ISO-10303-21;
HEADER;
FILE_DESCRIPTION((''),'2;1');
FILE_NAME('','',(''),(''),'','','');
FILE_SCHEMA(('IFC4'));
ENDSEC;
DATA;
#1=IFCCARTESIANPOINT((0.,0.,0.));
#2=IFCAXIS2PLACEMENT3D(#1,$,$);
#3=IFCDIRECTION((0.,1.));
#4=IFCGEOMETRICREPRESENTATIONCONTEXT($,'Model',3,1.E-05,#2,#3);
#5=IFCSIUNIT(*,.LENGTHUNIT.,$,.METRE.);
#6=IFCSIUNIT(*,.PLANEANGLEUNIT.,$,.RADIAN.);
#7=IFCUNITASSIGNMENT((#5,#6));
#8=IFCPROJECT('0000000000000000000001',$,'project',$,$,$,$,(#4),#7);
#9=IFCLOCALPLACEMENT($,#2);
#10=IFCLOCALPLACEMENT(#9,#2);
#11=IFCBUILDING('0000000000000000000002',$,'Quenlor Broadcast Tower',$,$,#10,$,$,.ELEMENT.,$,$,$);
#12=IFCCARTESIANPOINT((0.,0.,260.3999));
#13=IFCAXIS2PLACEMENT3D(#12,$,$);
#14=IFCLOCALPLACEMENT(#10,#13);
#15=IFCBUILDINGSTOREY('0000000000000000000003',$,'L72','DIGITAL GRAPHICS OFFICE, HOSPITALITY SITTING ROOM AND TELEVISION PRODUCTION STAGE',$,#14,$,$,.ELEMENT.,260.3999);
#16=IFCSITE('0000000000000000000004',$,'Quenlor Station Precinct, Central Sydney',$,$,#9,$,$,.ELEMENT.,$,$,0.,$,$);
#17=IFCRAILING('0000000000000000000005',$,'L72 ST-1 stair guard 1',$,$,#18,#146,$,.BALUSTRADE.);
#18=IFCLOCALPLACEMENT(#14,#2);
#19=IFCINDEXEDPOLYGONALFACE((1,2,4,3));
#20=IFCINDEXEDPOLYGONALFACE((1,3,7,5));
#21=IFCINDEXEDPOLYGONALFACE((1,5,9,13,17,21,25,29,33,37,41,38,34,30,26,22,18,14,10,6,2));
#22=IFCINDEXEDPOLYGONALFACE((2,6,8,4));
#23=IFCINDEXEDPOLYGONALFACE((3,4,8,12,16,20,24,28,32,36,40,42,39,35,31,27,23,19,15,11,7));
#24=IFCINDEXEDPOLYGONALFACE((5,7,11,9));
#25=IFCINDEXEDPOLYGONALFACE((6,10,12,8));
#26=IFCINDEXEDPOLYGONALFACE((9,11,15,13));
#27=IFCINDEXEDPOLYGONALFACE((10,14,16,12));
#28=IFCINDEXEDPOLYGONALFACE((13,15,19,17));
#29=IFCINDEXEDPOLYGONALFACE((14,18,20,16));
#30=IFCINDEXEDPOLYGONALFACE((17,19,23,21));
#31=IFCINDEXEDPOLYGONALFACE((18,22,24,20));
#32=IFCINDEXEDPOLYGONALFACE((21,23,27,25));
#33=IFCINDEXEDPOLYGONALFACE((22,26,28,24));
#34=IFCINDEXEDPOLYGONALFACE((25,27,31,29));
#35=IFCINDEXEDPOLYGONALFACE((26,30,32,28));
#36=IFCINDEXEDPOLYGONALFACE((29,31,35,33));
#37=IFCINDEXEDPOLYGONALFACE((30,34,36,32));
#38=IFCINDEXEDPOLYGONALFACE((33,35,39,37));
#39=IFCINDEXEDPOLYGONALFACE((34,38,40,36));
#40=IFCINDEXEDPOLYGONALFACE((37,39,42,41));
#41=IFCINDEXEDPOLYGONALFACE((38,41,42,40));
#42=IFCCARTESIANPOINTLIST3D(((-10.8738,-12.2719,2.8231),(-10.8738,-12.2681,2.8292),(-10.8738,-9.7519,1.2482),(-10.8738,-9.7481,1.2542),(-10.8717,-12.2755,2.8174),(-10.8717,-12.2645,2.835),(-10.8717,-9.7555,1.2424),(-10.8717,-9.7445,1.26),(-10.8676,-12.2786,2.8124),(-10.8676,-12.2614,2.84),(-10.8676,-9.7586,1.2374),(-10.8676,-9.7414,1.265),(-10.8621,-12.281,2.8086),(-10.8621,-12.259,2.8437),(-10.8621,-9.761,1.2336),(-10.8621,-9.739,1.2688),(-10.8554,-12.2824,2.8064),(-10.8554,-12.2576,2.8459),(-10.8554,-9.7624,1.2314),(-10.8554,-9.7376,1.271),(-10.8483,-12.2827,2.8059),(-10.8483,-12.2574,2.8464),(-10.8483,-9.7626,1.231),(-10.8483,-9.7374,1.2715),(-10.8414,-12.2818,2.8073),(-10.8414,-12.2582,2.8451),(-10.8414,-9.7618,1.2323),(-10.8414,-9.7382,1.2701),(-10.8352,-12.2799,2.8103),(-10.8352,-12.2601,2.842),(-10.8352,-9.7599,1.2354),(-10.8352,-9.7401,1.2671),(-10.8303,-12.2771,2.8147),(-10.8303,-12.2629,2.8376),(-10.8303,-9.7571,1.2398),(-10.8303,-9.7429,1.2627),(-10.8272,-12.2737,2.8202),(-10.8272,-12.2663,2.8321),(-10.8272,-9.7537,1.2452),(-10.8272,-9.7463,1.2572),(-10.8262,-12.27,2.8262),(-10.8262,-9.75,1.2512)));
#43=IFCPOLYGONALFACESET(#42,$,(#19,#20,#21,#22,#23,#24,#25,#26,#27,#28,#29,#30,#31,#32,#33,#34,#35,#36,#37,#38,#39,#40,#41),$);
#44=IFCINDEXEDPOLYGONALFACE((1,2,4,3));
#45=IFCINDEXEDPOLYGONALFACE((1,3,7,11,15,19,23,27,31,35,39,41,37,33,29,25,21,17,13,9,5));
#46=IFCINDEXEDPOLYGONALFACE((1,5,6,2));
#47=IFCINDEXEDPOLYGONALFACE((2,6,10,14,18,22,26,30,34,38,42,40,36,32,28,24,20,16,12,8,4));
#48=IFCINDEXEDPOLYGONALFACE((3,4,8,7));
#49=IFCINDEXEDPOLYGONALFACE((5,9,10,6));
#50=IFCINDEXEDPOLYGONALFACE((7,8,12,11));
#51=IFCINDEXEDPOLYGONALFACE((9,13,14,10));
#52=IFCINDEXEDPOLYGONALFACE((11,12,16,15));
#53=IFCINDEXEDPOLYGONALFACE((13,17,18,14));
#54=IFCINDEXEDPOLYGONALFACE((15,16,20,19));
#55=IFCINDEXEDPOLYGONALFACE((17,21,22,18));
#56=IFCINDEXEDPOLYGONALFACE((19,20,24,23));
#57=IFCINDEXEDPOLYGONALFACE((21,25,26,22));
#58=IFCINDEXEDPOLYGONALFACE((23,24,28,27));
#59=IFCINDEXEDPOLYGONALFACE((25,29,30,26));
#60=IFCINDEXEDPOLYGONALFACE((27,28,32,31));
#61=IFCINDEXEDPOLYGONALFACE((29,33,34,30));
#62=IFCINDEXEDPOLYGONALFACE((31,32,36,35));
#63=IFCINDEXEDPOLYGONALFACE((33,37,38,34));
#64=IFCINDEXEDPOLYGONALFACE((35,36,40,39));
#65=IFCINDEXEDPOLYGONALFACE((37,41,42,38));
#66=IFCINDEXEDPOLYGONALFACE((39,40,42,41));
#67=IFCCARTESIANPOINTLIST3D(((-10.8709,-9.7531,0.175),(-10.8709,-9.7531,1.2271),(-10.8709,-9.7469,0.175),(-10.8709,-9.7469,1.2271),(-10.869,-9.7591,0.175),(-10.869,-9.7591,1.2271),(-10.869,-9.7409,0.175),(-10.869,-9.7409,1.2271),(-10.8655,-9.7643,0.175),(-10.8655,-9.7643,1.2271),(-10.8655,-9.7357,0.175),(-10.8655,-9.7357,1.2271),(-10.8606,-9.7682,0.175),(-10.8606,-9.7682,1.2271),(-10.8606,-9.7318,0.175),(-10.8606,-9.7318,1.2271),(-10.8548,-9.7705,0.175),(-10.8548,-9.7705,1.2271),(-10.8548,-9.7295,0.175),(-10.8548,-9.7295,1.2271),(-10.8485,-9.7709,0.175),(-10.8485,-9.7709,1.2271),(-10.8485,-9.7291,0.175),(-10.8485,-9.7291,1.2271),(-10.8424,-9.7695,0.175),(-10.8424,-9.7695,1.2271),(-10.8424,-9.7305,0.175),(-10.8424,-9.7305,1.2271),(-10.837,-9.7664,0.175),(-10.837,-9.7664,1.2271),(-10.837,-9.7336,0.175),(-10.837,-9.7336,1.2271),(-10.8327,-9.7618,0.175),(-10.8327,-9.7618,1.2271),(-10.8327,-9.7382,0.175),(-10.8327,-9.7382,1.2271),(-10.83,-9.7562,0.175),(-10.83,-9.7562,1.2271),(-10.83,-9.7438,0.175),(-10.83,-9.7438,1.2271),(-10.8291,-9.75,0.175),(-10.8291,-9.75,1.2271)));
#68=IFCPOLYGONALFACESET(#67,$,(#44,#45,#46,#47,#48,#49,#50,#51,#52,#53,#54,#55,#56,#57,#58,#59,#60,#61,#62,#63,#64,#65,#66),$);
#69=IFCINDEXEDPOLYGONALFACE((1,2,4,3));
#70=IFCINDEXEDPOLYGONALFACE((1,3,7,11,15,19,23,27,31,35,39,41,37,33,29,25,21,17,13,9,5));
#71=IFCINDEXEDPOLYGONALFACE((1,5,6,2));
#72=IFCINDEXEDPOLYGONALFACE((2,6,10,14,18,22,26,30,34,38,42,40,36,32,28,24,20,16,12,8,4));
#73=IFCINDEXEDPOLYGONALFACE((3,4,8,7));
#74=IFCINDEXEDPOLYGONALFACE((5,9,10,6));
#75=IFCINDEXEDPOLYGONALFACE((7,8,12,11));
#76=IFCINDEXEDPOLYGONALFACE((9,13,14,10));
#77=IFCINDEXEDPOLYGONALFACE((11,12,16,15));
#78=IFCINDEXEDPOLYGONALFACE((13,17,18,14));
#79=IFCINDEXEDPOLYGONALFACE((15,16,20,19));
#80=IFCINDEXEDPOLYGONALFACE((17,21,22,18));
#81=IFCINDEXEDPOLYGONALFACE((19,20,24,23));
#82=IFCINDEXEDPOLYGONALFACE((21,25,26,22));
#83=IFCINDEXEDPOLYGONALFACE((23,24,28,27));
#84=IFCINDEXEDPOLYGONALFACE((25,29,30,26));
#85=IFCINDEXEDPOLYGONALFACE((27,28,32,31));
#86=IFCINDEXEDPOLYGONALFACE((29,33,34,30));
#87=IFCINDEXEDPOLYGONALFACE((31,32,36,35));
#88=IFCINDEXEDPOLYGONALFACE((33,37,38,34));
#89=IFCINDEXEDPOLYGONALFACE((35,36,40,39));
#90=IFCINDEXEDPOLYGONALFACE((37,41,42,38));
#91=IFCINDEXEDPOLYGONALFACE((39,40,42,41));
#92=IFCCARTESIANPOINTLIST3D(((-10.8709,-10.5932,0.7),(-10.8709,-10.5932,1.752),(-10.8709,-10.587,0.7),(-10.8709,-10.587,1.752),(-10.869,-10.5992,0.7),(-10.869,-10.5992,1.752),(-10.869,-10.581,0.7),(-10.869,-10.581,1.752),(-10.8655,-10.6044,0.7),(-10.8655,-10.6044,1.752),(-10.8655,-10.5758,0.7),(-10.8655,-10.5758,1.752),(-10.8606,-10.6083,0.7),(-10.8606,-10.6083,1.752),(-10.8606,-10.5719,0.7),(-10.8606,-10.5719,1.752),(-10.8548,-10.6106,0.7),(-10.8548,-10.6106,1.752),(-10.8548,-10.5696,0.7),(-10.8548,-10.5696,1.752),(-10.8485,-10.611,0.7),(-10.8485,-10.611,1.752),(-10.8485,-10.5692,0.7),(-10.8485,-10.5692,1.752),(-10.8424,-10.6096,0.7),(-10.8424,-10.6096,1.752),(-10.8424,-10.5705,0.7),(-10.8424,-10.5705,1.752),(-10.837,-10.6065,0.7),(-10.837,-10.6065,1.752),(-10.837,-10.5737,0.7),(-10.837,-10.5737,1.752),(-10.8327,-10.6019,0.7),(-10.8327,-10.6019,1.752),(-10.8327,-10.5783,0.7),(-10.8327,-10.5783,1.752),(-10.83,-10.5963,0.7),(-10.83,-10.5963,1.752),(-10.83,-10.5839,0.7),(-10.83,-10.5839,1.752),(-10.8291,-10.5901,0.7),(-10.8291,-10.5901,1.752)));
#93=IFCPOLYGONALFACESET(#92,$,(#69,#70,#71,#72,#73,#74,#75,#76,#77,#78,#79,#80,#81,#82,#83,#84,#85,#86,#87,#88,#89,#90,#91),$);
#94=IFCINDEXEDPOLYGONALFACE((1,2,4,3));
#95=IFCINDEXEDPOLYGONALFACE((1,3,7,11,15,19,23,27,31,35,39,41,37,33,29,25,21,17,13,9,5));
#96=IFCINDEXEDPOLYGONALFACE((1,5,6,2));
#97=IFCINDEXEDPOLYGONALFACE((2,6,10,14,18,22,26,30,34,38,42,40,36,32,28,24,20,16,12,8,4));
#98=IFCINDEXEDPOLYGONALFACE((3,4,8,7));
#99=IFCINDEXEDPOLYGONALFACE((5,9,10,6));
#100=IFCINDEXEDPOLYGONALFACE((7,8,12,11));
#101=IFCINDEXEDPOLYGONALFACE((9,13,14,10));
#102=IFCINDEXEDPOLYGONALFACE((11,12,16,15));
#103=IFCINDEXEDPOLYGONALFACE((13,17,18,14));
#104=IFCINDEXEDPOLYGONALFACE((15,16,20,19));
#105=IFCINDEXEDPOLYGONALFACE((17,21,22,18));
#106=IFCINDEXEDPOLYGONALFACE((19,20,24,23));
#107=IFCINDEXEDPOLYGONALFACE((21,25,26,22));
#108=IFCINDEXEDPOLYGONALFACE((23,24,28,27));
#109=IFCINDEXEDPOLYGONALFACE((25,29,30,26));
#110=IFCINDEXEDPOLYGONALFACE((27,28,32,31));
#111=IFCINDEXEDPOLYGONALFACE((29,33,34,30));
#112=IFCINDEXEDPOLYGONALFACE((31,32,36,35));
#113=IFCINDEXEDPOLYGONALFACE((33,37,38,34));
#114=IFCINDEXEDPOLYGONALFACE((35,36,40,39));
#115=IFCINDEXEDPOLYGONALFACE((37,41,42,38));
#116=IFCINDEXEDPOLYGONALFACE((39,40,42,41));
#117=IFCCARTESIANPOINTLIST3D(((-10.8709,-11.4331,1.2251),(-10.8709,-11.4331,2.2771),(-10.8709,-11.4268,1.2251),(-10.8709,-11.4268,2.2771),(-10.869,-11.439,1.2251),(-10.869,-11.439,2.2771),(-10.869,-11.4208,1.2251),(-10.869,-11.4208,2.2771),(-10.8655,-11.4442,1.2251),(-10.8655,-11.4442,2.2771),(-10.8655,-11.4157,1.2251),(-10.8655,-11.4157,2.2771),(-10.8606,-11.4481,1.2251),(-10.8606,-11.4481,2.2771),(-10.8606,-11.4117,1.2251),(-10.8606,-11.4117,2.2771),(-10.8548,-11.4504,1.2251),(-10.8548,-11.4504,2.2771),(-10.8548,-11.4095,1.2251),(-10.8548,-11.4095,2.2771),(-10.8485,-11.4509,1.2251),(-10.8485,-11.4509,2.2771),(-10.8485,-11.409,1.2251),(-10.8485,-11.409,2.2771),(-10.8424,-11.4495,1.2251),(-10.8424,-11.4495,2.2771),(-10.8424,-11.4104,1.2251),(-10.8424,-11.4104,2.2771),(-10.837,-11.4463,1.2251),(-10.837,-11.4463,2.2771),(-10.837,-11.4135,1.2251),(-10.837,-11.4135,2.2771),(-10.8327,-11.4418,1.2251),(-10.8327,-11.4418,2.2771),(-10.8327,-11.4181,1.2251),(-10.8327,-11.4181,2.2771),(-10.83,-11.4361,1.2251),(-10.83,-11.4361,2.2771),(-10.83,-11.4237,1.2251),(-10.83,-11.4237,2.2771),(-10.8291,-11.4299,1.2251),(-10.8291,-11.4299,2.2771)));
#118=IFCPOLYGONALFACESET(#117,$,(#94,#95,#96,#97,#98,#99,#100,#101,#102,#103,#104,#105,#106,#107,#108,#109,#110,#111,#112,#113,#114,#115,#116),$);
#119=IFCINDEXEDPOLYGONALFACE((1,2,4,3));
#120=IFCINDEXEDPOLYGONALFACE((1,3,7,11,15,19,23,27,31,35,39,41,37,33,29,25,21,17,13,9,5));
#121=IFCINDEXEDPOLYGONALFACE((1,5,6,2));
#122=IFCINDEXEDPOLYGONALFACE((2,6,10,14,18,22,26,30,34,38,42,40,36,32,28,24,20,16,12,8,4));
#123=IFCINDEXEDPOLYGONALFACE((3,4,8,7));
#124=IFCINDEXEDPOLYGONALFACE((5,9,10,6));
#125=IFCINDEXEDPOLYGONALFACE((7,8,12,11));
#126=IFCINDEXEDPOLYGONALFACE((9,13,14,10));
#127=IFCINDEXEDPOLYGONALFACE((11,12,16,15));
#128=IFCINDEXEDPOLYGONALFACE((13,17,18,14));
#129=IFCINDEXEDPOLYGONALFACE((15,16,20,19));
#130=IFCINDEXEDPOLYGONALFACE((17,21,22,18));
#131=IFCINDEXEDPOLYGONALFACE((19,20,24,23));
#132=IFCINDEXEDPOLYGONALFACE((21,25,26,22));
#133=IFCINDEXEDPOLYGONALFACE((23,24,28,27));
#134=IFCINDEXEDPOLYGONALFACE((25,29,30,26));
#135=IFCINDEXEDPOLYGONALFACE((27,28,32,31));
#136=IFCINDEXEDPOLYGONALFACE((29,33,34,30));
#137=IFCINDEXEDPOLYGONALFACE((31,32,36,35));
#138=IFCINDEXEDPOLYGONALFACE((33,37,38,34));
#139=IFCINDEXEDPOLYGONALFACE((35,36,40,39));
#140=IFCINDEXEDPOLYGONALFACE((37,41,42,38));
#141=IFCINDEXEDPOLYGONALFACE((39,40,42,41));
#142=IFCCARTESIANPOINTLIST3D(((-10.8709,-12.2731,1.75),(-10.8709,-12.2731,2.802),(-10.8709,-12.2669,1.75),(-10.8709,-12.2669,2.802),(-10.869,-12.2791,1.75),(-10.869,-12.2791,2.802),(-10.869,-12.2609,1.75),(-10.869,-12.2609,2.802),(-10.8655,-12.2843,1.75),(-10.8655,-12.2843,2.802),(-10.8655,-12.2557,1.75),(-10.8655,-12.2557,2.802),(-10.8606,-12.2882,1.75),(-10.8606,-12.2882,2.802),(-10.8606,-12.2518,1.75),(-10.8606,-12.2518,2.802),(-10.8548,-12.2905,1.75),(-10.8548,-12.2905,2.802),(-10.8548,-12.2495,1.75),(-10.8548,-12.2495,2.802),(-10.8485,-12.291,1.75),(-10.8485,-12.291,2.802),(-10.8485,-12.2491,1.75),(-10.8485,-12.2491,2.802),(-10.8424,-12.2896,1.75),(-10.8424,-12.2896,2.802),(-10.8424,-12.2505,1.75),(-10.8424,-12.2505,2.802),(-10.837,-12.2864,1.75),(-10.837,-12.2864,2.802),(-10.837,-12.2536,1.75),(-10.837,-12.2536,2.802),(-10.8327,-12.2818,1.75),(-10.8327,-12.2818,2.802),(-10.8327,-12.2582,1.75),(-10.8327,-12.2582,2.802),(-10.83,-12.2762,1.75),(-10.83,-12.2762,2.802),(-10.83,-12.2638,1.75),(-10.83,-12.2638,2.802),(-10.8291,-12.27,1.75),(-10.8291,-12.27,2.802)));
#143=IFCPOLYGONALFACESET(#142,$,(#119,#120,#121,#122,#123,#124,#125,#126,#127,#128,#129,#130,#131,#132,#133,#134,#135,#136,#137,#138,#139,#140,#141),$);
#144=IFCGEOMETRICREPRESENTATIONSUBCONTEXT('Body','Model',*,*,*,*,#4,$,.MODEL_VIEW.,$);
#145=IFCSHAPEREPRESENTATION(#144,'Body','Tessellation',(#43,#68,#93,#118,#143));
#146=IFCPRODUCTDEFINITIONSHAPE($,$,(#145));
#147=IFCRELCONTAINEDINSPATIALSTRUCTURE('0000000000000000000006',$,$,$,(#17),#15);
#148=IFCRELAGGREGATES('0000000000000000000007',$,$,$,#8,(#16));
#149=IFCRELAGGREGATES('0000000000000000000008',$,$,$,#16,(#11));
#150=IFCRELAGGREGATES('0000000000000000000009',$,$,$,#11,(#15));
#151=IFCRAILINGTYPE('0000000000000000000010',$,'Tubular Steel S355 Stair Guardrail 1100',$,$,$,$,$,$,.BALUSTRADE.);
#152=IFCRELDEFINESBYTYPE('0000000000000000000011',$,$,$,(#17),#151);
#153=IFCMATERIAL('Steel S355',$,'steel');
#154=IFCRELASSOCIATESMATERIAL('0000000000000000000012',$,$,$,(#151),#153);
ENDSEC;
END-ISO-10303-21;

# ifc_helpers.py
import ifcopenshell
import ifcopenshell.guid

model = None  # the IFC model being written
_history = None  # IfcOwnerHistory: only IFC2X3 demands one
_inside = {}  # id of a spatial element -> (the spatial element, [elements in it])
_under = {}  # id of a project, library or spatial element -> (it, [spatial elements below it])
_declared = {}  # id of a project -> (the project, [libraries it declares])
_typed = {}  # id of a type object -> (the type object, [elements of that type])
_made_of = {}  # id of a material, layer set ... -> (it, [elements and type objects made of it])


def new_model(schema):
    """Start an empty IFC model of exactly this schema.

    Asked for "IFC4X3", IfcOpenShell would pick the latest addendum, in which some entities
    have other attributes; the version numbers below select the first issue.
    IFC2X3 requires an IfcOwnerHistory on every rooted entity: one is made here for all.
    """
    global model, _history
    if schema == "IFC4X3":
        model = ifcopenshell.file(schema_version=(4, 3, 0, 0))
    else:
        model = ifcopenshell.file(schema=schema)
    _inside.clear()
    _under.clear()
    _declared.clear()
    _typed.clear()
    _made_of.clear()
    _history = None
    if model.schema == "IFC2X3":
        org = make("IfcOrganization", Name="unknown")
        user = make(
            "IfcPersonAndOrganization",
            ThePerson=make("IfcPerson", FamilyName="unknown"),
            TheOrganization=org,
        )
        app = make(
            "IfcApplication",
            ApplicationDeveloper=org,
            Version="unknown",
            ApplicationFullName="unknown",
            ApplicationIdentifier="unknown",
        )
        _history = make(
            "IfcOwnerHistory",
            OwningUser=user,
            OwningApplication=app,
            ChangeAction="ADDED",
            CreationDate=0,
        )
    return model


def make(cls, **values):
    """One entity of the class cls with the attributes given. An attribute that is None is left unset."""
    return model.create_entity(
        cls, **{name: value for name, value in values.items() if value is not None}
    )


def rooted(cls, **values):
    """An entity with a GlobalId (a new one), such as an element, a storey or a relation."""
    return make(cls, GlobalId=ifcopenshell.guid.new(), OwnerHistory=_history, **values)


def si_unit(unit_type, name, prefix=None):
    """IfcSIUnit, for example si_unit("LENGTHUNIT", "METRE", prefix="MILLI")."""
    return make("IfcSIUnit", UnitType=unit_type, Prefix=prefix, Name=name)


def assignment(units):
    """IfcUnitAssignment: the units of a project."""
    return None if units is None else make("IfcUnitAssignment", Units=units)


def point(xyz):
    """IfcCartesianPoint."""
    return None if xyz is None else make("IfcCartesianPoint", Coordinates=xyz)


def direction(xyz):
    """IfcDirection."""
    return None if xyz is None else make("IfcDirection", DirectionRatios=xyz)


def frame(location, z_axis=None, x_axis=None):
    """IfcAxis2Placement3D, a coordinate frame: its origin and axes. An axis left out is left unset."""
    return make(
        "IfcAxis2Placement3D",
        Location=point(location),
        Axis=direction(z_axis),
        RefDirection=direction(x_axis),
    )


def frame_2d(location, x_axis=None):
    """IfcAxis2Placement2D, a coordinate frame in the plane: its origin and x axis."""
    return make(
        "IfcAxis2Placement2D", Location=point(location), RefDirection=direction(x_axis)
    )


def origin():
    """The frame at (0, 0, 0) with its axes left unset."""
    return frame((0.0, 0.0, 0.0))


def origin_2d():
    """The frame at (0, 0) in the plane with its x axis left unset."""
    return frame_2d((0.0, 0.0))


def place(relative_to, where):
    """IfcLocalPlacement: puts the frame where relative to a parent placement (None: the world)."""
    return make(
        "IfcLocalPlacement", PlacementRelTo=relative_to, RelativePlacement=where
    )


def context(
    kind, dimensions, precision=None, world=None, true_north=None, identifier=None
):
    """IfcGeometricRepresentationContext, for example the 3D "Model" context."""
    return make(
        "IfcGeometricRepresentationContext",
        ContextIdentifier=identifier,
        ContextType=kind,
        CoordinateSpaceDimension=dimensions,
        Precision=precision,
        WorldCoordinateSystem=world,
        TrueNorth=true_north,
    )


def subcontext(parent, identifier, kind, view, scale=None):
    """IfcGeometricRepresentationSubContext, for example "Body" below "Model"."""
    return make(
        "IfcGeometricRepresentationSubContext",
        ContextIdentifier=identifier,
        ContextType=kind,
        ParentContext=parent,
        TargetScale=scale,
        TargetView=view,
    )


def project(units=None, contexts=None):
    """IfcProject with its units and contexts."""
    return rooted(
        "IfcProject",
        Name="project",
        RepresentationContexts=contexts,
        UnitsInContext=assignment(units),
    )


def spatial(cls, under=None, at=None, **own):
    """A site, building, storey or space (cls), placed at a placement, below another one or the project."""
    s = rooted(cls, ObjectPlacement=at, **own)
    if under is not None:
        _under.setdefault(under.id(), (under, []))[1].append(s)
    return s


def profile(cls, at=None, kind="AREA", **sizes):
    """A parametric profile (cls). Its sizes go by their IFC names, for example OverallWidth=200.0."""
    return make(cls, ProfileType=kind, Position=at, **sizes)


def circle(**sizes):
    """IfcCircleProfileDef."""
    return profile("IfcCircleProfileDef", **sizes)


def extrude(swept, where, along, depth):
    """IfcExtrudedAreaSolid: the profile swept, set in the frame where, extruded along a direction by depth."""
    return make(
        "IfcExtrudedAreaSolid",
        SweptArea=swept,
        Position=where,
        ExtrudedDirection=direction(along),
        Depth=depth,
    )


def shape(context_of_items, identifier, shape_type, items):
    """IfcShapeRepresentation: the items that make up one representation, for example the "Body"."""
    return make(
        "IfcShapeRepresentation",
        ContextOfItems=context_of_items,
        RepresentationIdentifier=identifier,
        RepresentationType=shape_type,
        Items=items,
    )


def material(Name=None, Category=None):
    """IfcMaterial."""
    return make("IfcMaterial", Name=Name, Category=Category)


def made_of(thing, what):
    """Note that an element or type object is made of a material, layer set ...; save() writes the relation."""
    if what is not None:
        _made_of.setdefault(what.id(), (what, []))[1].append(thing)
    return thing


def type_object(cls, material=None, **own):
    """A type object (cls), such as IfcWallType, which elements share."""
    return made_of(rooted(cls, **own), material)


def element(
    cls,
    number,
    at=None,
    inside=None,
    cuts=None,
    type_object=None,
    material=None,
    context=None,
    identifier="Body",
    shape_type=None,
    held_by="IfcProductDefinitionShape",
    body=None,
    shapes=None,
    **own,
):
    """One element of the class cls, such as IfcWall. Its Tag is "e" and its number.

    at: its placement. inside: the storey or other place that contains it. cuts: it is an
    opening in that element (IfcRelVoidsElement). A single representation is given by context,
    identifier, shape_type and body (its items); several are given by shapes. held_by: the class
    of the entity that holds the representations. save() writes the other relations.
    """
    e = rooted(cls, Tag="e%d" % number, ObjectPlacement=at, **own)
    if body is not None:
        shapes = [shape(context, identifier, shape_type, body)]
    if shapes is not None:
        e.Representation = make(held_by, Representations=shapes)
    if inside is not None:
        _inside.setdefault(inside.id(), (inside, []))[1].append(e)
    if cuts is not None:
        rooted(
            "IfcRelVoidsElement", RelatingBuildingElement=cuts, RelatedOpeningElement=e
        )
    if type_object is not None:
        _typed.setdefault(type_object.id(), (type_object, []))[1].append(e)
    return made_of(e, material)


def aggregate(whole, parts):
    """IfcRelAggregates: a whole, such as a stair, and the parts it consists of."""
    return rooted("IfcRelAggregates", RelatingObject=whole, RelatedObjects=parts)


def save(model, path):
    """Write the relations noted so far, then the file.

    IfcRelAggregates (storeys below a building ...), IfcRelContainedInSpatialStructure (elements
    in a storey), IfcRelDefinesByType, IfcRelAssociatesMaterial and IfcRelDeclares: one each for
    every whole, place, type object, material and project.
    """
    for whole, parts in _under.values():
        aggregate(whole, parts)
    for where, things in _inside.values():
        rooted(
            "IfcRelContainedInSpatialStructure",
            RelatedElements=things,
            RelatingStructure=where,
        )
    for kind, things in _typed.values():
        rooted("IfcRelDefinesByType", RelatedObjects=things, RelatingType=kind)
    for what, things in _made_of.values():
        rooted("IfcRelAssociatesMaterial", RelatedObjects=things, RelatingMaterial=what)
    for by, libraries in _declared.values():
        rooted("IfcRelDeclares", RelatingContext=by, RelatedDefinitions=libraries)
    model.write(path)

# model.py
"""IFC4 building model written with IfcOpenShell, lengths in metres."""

from ifc_helpers import new_model, si_unit, direction, frame, origin, origin_2d, place, context, subcontext, project, spatial, circle, extrude, material, type_object, element, save


model = new_model("IFC4")

# Units and contexts
model_context = context("Model", 3, precision=1e-05, world=origin(), true_north=direction((0.0, 1.0)))
body_context = subcontext(model_context, "Body", "Model", "MODEL_VIEW")
ifc_project = project(units=[si_unit("LENGTHUNIT", "METRE"), si_unit("PLANEANGLEUNIT", "RADIAN")], contexts=[model_context])

# Site, building, storey
site_placement = place(None, origin())
site = spatial("IfcSite", under=ifc_project, at=site_placement, Name="Quenlor Station Precinct, Central Sydney", CompositionType="ELEMENT", RefElevation=0.0)
building_placement = place(site_placement, origin())
building = spatial("IfcBuilding", under=site, at=building_placement, Name="Quenlor Broadcast Tower", CompositionType="ELEMENT")
storey_placement = place(building_placement, frame((0.0, 0.0, 260.3999)))
storey = spatial("IfcBuildingStorey", under=building, at=storey_placement, Name="L72", Description="DIGITAL GRAPHICS OFFICE, HOSPITALITY SITTING ROOM AND TELEVISION PRODUCTION STAGE", CompositionType="ELEMENT", Elevation=260.3999)

# Railing
ifc_material_1 = material(Name="Steel S355", Category="steel")
railing_type_1 = type_object("IfcRailingType", Name="Tubular Steel S355 Stair Guardrail 1100", PredefinedType="BALUSTRADE", material=ifc_material_1)
railing_1_placement = place(storey_placement, frame((-10.8501, -9.75, 0.175)))
element("IfcRailing", 1, at=railing_1_placement, inside=storey, type_object=railing_type_1, Name="L72 ST-1 stair guard 1", PredefinedType="BALUSTRADE", context=body_context, shape_type="SweptSolid", body=[
    extrude(circle(Radius=0.0239, at=origin_2d()), frame((0.0, 0.0, 1.0762), z_axis=(0.0, -0.848008, 0.529984), x_axis=(1.0, 0.0, 0.0)), (0.0, 0.0, 1.0), 2.9717),
    extrude(circle(Radius=0.021, at=origin_2d()), origin(), (0.0, 0.0, 1.0), 1.052),
    extrude(circle(Radius=0.021, at=origin_2d()), frame((0.0, -0.8401, 0.5249)), (0.0, 0.0, 1.0), 1.052),
    extrude(circle(Radius=0.021, at=origin_2d()), frame((0.0, -1.6799, 1.05)), (0.0, 0.0, 1.0), 1.052),
    extrude(circle(Radius=0.021, at=origin_2d()), frame((0.0, -2.52, 1.575)), (0.0, 0.0, 1.0), 1.052),
])

save(model, "model.ifc")
